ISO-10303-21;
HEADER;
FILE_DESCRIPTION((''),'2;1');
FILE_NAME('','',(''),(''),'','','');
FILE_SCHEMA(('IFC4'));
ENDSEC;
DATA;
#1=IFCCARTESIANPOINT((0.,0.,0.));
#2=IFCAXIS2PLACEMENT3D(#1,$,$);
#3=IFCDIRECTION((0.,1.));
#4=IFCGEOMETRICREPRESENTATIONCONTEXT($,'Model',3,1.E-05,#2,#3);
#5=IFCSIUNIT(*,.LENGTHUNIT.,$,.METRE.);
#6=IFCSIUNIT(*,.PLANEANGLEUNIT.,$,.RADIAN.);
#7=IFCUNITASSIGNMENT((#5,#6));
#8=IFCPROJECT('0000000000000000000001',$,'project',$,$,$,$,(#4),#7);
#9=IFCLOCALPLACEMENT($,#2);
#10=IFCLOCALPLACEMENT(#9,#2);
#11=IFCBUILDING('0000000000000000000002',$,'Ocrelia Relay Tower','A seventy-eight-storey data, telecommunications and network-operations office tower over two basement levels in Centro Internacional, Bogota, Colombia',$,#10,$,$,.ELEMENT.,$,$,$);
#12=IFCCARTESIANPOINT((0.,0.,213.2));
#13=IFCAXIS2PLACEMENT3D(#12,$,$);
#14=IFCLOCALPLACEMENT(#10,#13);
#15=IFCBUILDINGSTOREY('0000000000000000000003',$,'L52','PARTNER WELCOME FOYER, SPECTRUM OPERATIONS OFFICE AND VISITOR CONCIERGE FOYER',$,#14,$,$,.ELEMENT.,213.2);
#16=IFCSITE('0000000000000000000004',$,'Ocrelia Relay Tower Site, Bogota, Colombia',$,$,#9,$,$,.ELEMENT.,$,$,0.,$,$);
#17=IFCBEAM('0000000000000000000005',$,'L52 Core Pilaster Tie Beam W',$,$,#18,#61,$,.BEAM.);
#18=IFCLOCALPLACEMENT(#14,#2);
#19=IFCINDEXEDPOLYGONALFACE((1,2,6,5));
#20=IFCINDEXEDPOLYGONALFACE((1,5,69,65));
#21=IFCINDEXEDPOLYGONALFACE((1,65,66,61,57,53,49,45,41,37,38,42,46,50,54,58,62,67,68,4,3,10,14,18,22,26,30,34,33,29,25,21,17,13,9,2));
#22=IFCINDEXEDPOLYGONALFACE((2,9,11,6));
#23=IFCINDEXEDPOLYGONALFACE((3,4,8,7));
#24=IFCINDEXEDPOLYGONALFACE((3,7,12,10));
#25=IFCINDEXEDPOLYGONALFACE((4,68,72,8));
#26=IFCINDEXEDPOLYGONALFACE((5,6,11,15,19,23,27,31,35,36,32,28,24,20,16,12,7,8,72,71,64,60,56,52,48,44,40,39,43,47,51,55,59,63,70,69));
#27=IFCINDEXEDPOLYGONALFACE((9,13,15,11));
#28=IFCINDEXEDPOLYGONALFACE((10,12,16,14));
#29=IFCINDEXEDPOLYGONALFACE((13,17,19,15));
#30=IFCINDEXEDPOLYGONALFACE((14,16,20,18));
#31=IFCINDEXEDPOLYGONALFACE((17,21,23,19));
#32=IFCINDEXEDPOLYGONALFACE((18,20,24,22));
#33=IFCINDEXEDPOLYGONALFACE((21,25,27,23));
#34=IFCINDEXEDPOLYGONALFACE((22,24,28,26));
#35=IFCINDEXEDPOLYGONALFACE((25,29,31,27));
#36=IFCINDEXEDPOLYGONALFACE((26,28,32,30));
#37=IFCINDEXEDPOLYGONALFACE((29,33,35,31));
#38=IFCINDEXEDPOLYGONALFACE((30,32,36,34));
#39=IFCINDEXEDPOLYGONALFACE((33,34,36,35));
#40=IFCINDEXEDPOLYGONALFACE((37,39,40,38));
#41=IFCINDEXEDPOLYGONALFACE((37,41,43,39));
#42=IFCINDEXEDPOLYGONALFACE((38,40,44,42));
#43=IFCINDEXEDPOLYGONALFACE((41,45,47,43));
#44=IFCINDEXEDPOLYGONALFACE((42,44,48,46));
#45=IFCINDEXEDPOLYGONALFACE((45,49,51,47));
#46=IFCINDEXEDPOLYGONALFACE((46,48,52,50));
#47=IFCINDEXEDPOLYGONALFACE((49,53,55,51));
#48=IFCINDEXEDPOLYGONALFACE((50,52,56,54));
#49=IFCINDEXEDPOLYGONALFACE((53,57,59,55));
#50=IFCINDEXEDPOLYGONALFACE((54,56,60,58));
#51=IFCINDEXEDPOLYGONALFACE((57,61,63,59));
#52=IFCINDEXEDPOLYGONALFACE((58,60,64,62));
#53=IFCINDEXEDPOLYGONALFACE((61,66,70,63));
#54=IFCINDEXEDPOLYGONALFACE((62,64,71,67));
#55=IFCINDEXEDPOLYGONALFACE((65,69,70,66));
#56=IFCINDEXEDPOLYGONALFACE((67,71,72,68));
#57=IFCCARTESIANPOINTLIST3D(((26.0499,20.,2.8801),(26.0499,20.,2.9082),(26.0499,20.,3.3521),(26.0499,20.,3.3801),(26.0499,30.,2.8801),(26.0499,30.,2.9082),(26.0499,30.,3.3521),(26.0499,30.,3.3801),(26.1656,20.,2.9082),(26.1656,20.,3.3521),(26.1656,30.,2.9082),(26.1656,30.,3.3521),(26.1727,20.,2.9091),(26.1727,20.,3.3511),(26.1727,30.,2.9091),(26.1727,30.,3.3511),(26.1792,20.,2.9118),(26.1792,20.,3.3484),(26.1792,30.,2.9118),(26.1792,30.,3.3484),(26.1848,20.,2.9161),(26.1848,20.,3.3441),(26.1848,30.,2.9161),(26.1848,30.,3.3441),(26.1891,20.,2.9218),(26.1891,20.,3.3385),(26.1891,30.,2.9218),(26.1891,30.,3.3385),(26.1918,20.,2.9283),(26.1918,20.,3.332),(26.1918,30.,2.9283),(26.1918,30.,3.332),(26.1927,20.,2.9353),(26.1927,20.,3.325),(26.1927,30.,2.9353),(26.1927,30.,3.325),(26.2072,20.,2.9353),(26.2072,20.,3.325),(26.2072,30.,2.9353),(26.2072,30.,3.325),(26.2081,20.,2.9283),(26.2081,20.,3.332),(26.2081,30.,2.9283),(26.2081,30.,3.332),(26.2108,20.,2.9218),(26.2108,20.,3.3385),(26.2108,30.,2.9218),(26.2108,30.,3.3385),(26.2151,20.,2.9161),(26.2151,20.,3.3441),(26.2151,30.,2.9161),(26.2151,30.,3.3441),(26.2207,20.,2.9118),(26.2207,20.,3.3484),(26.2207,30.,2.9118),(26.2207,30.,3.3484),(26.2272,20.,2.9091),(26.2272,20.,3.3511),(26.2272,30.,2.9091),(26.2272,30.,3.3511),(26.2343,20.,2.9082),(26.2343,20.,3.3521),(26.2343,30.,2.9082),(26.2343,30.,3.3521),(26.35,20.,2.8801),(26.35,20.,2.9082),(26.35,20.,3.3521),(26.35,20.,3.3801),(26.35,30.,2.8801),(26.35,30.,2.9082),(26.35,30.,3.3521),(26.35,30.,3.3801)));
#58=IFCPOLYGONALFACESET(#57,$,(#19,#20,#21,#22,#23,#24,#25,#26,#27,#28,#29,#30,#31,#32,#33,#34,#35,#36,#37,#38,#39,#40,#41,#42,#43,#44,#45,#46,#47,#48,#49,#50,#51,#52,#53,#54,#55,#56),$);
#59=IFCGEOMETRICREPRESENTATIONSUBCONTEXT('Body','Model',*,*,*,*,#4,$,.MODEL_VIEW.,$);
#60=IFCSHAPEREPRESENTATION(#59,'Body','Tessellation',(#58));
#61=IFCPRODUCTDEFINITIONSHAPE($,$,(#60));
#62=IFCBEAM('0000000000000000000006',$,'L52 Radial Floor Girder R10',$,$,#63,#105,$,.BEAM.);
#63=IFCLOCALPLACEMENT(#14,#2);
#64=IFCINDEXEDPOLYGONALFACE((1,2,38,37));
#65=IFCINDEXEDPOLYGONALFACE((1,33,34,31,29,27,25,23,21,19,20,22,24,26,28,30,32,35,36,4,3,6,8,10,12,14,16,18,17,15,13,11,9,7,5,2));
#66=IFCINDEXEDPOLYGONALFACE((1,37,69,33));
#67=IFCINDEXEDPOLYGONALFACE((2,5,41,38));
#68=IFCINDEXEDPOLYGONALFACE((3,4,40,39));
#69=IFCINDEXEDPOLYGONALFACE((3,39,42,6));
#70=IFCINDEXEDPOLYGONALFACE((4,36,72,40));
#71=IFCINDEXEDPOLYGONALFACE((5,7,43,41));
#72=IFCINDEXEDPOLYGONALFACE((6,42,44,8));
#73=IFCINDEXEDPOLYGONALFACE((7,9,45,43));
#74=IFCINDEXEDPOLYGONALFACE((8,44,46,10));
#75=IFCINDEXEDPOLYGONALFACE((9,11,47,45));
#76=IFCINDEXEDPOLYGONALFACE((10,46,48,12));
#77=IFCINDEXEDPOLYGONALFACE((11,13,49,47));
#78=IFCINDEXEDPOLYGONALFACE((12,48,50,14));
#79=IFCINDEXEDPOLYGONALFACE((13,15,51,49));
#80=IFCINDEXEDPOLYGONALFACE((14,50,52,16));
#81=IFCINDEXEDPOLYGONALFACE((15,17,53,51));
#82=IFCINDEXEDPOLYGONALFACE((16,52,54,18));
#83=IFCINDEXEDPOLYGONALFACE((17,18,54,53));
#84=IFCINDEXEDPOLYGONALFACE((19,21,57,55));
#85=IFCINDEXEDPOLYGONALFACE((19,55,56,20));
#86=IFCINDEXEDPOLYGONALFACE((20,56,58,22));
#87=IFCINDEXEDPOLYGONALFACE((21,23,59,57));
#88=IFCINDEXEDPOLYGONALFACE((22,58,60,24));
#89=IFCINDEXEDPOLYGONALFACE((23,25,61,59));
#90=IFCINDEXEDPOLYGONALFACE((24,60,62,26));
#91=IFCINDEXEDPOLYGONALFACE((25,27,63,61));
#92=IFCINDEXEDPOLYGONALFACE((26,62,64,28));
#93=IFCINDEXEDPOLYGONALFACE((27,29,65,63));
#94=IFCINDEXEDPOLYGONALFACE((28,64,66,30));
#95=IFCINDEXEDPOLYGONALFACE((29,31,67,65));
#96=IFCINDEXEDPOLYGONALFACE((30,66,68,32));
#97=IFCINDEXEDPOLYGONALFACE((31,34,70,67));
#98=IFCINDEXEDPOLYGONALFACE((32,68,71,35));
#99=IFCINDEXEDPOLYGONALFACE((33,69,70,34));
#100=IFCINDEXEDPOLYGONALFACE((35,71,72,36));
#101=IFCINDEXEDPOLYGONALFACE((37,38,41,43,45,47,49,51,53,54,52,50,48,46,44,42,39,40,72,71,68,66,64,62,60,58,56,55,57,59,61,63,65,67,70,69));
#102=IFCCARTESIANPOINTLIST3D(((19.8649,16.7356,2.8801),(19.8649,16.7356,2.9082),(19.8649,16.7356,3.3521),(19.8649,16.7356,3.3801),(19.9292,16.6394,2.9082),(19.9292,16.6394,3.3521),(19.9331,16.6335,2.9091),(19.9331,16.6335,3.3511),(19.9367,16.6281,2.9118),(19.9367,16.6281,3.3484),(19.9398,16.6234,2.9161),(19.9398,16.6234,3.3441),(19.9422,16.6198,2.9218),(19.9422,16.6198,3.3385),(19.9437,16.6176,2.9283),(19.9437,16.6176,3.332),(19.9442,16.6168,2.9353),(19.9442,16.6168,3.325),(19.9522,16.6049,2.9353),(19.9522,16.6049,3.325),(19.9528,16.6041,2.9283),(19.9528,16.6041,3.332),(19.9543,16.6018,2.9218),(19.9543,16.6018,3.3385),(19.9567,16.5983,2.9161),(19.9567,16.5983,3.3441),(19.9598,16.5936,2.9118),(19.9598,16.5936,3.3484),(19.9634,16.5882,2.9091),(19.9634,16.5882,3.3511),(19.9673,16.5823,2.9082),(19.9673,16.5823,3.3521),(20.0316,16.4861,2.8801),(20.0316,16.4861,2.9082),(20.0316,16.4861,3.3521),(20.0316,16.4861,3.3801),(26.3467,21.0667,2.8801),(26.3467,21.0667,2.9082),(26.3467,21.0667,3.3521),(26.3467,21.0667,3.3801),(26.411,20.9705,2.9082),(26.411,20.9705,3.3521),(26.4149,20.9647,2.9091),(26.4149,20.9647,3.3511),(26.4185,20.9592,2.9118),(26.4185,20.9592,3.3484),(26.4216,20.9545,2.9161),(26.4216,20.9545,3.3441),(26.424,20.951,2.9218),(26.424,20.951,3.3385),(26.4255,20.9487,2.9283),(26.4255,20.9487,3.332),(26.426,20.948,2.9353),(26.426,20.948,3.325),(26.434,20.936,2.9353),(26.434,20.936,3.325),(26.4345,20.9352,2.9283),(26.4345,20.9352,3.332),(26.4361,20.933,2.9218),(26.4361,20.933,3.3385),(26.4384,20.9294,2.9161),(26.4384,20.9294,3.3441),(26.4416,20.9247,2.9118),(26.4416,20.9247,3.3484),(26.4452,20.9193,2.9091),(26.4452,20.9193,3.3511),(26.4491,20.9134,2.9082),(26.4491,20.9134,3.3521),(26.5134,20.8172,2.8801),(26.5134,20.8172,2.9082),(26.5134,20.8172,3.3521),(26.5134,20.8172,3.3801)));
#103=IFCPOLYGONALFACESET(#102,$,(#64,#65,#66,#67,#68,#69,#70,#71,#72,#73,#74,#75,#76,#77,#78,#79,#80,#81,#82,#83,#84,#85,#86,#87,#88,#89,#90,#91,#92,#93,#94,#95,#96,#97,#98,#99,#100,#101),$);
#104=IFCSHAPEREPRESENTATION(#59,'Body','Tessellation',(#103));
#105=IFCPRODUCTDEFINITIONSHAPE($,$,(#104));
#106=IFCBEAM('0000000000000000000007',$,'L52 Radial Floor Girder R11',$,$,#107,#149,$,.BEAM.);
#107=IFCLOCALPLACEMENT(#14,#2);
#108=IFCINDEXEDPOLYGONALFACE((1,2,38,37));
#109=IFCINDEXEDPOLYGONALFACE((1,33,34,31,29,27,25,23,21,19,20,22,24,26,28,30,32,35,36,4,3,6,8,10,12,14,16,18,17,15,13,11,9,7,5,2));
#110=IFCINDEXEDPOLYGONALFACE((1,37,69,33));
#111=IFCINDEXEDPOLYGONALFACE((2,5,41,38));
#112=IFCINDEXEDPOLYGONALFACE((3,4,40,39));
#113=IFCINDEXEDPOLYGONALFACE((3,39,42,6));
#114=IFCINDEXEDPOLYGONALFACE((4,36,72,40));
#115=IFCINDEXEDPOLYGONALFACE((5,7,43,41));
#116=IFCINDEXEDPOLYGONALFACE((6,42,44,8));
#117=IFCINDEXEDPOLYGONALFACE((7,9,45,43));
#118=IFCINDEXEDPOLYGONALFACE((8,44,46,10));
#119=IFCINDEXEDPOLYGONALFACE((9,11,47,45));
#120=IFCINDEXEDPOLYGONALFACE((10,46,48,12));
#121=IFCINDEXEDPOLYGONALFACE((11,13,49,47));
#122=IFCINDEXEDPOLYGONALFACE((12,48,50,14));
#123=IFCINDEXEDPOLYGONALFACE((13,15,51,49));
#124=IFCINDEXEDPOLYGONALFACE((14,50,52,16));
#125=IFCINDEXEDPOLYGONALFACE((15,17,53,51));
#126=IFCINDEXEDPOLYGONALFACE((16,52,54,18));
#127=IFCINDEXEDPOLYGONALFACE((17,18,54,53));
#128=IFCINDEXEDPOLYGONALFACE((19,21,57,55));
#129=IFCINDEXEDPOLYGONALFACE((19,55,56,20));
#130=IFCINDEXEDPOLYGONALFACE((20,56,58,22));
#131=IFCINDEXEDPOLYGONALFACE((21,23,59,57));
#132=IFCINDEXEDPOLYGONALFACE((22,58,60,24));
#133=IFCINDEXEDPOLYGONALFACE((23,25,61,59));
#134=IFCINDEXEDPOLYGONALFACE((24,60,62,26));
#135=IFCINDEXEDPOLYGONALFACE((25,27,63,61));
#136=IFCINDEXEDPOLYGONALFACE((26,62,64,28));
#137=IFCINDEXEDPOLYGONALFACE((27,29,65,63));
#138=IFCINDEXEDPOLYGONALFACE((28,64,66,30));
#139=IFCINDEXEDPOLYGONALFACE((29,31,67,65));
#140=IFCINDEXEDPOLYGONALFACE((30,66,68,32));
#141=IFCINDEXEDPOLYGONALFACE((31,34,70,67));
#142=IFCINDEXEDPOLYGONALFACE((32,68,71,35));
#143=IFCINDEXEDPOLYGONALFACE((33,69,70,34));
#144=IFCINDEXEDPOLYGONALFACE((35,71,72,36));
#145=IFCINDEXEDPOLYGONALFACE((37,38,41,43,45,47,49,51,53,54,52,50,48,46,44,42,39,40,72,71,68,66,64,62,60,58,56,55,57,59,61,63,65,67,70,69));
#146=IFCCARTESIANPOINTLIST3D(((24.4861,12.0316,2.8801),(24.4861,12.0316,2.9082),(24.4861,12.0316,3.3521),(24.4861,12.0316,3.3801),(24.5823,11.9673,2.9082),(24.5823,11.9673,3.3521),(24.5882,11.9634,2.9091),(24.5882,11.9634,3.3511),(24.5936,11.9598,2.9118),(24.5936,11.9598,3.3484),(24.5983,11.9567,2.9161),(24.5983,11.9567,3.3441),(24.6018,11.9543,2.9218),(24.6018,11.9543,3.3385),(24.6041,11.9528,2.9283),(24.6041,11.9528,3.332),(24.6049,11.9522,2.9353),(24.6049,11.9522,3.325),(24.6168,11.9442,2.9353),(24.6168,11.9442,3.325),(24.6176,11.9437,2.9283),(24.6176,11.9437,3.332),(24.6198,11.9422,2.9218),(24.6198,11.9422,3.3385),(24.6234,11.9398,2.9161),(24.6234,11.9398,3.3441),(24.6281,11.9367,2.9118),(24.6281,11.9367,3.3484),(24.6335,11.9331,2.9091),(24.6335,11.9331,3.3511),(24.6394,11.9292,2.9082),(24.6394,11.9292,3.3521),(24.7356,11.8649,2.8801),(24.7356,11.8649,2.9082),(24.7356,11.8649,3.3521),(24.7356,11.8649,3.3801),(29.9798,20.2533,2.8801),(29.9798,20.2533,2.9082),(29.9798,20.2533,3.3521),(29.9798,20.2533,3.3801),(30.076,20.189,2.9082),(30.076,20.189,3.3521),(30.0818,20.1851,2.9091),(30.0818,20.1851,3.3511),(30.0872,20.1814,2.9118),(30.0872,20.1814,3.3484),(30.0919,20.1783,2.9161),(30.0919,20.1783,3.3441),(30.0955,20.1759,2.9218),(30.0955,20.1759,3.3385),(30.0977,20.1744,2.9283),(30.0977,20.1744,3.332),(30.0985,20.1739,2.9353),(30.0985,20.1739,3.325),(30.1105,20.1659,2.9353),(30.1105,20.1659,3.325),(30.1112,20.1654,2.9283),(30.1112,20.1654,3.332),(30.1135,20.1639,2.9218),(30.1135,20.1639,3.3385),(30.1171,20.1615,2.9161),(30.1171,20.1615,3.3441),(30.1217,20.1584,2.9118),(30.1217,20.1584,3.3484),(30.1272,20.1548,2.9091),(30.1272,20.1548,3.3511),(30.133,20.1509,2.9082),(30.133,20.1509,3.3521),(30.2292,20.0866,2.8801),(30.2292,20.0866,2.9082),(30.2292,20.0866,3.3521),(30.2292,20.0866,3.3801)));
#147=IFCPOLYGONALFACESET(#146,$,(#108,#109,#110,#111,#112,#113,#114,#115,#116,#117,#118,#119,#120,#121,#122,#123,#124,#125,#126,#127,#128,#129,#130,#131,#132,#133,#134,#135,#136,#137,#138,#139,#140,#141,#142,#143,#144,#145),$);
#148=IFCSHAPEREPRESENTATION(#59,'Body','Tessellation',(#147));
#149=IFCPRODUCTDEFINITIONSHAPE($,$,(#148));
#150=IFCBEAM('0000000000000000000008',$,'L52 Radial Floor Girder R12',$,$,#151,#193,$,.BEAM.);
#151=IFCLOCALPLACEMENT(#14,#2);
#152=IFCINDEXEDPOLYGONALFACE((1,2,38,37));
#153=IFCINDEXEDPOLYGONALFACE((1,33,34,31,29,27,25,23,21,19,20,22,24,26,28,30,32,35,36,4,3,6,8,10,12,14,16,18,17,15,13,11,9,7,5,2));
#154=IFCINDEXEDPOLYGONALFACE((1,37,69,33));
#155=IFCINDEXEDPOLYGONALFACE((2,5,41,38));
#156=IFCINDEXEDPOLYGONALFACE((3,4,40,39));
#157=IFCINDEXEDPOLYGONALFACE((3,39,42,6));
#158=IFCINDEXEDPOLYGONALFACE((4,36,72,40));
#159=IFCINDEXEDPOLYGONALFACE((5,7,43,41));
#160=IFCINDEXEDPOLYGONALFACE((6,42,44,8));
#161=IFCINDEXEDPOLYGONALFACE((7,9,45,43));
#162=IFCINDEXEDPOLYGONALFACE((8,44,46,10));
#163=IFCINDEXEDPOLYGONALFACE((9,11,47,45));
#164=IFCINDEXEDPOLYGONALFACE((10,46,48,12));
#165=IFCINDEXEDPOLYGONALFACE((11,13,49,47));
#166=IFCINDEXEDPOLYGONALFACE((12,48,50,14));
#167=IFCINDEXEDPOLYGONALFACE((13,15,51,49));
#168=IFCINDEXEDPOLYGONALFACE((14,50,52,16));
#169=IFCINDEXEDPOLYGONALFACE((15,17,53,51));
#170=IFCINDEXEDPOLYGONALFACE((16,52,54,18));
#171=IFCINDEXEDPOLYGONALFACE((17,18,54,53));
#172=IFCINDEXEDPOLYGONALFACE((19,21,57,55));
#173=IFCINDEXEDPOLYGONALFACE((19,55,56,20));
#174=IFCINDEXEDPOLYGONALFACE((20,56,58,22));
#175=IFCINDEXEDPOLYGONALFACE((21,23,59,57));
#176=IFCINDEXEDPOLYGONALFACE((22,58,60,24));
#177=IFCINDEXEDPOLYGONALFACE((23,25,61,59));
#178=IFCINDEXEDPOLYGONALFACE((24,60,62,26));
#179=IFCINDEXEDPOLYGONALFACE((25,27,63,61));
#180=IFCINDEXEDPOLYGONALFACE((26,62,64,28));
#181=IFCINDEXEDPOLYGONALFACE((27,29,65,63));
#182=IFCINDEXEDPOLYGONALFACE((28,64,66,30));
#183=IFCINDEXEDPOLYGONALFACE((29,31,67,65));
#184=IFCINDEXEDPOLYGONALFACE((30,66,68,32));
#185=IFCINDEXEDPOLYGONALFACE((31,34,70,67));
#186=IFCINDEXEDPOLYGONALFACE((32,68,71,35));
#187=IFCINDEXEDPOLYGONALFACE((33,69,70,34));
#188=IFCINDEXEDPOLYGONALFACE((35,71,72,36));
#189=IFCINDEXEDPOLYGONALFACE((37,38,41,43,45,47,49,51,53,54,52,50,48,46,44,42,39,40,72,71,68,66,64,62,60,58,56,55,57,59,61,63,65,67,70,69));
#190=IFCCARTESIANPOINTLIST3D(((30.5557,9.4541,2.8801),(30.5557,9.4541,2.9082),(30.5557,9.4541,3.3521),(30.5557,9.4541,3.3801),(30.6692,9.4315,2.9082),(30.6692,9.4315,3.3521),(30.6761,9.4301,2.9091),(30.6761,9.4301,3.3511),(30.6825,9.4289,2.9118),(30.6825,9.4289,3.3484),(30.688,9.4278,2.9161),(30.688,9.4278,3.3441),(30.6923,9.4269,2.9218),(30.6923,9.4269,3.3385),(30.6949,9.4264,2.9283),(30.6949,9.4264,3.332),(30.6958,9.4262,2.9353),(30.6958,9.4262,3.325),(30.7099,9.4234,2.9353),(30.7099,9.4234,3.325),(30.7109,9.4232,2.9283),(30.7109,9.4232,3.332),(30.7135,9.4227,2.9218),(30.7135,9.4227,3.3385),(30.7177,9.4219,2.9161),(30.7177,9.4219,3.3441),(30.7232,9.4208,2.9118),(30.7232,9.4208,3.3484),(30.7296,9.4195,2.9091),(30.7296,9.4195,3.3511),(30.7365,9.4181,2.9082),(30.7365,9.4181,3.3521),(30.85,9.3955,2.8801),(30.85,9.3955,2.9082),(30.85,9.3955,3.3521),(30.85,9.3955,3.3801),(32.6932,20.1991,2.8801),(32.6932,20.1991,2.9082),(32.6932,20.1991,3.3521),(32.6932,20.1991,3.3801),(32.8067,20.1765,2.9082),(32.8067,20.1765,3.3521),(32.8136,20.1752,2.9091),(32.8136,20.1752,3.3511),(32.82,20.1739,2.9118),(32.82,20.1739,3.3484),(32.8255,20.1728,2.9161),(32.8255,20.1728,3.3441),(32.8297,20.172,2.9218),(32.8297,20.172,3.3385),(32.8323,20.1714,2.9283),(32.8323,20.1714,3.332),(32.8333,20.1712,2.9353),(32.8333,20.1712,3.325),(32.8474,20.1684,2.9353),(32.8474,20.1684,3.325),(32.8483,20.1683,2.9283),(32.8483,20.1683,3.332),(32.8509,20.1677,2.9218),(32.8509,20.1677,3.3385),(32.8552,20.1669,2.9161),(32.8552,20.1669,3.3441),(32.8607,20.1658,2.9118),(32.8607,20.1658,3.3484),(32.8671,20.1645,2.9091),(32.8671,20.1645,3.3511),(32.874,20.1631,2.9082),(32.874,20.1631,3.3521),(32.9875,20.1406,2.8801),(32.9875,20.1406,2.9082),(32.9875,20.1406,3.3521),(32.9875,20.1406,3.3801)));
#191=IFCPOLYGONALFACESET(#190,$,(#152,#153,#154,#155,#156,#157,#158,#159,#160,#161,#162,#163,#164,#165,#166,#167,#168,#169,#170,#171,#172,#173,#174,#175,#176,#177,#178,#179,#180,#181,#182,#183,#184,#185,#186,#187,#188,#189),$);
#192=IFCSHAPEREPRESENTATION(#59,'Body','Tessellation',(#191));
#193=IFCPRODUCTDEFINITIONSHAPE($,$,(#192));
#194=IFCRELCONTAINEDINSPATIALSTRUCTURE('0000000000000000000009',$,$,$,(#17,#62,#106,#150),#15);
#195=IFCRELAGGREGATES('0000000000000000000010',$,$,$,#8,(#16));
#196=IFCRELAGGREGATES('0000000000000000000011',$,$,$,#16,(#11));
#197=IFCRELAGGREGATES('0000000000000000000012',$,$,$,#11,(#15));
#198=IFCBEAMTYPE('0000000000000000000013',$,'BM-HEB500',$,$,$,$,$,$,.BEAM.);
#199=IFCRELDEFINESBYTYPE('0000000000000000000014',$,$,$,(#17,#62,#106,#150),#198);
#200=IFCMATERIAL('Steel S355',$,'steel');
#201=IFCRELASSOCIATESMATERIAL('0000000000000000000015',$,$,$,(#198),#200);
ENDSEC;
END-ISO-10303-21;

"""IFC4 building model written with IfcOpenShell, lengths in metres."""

from ifc_helpers import new_model, si_unit, direction, frame, origin, origin_2d, place, context, subcontext, project, spatial, i_section, extrude, material, material_profile, profile_set, type_object, element, save


model = new_model("IFC4")

# Units and contexts
model_context = context("Model", 3, precision=1e-05, world=origin(), true_north=direction((0.0, 1.0)))
body_context = subcontext(model_context, "Body", "Model", "MODEL_VIEW")
ifc_project = project(units=[si_unit("LENGTHUNIT", "METRE"), si_unit("PLANEANGLEUNIT", "RADIAN")], contexts=[model_context])

# Site, building, storey
site_placement = place(None, origin())
site = spatial("IfcSite", under=ifc_project, at=site_placement, Name="Ocrelia Relay Tower Site, Bogota, Colombia", CompositionType="ELEMENT", RefElevation=0.0)
building_placement = place(site_placement, origin())
building = spatial("IfcBuilding", under=site, at=building_placement, Name="Ocrelia Relay Tower", Description="A seventy-eight-storey data, telecommunications and network-operations office tower over two basement levels in Centro Internacional, Bogota, Colombia", CompositionType="ELEMENT")
storey_placement = place(building_placement, frame((0.0, 0.0, 213.2)))
storey = spatial("IfcBuildingStorey", under=building, at=storey_placement, Name="L52", Description="PARTNER WELCOME FOYER, SPECTRUM OPERATIONS OFFICE AND VISITOR CONCIERGE FOYER", CompositionType="ELEMENT", Elevation=213.2)

# Beams
ifc_material_1 = material(Name="Steel S355", Category="steel")
ifc_material_profile_1 = material_profile(ifc_material_1, i_section(OverallWidth=0.3, OverallDepth=0.5, WebThickness=0.0144, FlangeThickness=0.0281, FilletRadius=0.0271, at=origin_2d()), Name="HEB 500")
ifc_profile_set_1 = profile_set([ifc_material_profile_1], Name="Steel S355")
beam_type_1 = type_object("IfcBeamType", Name="BM-HEB500", PredefinedType="BEAM", material=ifc_profile_set_1)
beam_1_placement = place(storey_placement, frame((26.2, 20.0, 3.1301), z_axis=(0.0, 1.0, 0.0), x_axis=(-1.0, 0.0, 0.0)))
element("IfcBeam", 1, at=beam_1_placement, inside=storey, type_object=beam_type_1, Name="L52 Core Pilaster Tie Beam W", PredefinedType="BEAM", context=body_context, shape_type="SweptSolid", body=[
    extrude(i_section(OverallWidth=0.3, OverallDepth=0.5, WebThickness=0.0144, FlangeThickness=0.0281, FilletRadius=0.0271, at=origin_2d()), origin(), (0.0, 0.0, 1.0), 10.0),
])
beam_2_placement = place(storey_placement, frame((19.9482, 16.6108, 3.1301), z_axis=(0.831462, 0.555582, 0.0), x_axis=(-0.555582, 0.831462, 0.0)))
element("IfcBeam", 2, at=beam_2_placement, inside=storey, type_object=beam_type_1, Name="L52 Radial Floor Girder R10", PredefinedType="BEAM", context=body_context, shape_type="SweptSolid", body=[
    extrude(i_section(OverallWidth=0.3, OverallDepth=0.5, WebThickness=0.0144, FlangeThickness=0.0281, FilletRadius=0.0271, at=origin_2d()), origin(), (0.0, 0.0, 1.0), 7.7957),
])
beam_3_placement = place(storey_placement, frame((24.6108, 11.9482, 3.1301), z_axis=(0.555577, 0.831465, 0.0), x_axis=(-0.831465, 0.555577, 0.0)))
element("IfcBeam", 3, at=beam_3_placement, inside=storey, type_object=beam_type_1, Name="L52 Radial Floor Girder R11", PredefinedType="BEAM", context=body_context, shape_type="SweptSolid", body=[
    extrude(i_section(OverallWidth=0.3, OverallDepth=0.5, WebThickness=0.0144, FlangeThickness=0.0281, FilletRadius=0.0271, at=origin_2d()), origin(), (0.0, 0.0, 1.0), 9.8882),
])
beam_4_placement = place(storey_placement, frame((30.7029, 9.4248, 3.1301), z_axis=(0.1951, 0.980783, 0.0), x_axis=(-0.980783, 0.1951, 0.0)))
element("IfcBeam", 4, at=beam_4_placement, inside=storey, type_object=beam_type_1, Name="L52 Radial Floor Girder R12", PredefinedType="BEAM", context=body_context, shape_type="SweptSolid", body=[
    extrude(i_section(OverallWidth=0.3, OverallDepth=0.5, WebThickness=0.0144, FlangeThickness=0.0281, FilletRadius=0.0271, at=origin_2d()), origin(), (0.0, 0.0, 1.0), 10.9556),
])

save(model, "model.ifc")
